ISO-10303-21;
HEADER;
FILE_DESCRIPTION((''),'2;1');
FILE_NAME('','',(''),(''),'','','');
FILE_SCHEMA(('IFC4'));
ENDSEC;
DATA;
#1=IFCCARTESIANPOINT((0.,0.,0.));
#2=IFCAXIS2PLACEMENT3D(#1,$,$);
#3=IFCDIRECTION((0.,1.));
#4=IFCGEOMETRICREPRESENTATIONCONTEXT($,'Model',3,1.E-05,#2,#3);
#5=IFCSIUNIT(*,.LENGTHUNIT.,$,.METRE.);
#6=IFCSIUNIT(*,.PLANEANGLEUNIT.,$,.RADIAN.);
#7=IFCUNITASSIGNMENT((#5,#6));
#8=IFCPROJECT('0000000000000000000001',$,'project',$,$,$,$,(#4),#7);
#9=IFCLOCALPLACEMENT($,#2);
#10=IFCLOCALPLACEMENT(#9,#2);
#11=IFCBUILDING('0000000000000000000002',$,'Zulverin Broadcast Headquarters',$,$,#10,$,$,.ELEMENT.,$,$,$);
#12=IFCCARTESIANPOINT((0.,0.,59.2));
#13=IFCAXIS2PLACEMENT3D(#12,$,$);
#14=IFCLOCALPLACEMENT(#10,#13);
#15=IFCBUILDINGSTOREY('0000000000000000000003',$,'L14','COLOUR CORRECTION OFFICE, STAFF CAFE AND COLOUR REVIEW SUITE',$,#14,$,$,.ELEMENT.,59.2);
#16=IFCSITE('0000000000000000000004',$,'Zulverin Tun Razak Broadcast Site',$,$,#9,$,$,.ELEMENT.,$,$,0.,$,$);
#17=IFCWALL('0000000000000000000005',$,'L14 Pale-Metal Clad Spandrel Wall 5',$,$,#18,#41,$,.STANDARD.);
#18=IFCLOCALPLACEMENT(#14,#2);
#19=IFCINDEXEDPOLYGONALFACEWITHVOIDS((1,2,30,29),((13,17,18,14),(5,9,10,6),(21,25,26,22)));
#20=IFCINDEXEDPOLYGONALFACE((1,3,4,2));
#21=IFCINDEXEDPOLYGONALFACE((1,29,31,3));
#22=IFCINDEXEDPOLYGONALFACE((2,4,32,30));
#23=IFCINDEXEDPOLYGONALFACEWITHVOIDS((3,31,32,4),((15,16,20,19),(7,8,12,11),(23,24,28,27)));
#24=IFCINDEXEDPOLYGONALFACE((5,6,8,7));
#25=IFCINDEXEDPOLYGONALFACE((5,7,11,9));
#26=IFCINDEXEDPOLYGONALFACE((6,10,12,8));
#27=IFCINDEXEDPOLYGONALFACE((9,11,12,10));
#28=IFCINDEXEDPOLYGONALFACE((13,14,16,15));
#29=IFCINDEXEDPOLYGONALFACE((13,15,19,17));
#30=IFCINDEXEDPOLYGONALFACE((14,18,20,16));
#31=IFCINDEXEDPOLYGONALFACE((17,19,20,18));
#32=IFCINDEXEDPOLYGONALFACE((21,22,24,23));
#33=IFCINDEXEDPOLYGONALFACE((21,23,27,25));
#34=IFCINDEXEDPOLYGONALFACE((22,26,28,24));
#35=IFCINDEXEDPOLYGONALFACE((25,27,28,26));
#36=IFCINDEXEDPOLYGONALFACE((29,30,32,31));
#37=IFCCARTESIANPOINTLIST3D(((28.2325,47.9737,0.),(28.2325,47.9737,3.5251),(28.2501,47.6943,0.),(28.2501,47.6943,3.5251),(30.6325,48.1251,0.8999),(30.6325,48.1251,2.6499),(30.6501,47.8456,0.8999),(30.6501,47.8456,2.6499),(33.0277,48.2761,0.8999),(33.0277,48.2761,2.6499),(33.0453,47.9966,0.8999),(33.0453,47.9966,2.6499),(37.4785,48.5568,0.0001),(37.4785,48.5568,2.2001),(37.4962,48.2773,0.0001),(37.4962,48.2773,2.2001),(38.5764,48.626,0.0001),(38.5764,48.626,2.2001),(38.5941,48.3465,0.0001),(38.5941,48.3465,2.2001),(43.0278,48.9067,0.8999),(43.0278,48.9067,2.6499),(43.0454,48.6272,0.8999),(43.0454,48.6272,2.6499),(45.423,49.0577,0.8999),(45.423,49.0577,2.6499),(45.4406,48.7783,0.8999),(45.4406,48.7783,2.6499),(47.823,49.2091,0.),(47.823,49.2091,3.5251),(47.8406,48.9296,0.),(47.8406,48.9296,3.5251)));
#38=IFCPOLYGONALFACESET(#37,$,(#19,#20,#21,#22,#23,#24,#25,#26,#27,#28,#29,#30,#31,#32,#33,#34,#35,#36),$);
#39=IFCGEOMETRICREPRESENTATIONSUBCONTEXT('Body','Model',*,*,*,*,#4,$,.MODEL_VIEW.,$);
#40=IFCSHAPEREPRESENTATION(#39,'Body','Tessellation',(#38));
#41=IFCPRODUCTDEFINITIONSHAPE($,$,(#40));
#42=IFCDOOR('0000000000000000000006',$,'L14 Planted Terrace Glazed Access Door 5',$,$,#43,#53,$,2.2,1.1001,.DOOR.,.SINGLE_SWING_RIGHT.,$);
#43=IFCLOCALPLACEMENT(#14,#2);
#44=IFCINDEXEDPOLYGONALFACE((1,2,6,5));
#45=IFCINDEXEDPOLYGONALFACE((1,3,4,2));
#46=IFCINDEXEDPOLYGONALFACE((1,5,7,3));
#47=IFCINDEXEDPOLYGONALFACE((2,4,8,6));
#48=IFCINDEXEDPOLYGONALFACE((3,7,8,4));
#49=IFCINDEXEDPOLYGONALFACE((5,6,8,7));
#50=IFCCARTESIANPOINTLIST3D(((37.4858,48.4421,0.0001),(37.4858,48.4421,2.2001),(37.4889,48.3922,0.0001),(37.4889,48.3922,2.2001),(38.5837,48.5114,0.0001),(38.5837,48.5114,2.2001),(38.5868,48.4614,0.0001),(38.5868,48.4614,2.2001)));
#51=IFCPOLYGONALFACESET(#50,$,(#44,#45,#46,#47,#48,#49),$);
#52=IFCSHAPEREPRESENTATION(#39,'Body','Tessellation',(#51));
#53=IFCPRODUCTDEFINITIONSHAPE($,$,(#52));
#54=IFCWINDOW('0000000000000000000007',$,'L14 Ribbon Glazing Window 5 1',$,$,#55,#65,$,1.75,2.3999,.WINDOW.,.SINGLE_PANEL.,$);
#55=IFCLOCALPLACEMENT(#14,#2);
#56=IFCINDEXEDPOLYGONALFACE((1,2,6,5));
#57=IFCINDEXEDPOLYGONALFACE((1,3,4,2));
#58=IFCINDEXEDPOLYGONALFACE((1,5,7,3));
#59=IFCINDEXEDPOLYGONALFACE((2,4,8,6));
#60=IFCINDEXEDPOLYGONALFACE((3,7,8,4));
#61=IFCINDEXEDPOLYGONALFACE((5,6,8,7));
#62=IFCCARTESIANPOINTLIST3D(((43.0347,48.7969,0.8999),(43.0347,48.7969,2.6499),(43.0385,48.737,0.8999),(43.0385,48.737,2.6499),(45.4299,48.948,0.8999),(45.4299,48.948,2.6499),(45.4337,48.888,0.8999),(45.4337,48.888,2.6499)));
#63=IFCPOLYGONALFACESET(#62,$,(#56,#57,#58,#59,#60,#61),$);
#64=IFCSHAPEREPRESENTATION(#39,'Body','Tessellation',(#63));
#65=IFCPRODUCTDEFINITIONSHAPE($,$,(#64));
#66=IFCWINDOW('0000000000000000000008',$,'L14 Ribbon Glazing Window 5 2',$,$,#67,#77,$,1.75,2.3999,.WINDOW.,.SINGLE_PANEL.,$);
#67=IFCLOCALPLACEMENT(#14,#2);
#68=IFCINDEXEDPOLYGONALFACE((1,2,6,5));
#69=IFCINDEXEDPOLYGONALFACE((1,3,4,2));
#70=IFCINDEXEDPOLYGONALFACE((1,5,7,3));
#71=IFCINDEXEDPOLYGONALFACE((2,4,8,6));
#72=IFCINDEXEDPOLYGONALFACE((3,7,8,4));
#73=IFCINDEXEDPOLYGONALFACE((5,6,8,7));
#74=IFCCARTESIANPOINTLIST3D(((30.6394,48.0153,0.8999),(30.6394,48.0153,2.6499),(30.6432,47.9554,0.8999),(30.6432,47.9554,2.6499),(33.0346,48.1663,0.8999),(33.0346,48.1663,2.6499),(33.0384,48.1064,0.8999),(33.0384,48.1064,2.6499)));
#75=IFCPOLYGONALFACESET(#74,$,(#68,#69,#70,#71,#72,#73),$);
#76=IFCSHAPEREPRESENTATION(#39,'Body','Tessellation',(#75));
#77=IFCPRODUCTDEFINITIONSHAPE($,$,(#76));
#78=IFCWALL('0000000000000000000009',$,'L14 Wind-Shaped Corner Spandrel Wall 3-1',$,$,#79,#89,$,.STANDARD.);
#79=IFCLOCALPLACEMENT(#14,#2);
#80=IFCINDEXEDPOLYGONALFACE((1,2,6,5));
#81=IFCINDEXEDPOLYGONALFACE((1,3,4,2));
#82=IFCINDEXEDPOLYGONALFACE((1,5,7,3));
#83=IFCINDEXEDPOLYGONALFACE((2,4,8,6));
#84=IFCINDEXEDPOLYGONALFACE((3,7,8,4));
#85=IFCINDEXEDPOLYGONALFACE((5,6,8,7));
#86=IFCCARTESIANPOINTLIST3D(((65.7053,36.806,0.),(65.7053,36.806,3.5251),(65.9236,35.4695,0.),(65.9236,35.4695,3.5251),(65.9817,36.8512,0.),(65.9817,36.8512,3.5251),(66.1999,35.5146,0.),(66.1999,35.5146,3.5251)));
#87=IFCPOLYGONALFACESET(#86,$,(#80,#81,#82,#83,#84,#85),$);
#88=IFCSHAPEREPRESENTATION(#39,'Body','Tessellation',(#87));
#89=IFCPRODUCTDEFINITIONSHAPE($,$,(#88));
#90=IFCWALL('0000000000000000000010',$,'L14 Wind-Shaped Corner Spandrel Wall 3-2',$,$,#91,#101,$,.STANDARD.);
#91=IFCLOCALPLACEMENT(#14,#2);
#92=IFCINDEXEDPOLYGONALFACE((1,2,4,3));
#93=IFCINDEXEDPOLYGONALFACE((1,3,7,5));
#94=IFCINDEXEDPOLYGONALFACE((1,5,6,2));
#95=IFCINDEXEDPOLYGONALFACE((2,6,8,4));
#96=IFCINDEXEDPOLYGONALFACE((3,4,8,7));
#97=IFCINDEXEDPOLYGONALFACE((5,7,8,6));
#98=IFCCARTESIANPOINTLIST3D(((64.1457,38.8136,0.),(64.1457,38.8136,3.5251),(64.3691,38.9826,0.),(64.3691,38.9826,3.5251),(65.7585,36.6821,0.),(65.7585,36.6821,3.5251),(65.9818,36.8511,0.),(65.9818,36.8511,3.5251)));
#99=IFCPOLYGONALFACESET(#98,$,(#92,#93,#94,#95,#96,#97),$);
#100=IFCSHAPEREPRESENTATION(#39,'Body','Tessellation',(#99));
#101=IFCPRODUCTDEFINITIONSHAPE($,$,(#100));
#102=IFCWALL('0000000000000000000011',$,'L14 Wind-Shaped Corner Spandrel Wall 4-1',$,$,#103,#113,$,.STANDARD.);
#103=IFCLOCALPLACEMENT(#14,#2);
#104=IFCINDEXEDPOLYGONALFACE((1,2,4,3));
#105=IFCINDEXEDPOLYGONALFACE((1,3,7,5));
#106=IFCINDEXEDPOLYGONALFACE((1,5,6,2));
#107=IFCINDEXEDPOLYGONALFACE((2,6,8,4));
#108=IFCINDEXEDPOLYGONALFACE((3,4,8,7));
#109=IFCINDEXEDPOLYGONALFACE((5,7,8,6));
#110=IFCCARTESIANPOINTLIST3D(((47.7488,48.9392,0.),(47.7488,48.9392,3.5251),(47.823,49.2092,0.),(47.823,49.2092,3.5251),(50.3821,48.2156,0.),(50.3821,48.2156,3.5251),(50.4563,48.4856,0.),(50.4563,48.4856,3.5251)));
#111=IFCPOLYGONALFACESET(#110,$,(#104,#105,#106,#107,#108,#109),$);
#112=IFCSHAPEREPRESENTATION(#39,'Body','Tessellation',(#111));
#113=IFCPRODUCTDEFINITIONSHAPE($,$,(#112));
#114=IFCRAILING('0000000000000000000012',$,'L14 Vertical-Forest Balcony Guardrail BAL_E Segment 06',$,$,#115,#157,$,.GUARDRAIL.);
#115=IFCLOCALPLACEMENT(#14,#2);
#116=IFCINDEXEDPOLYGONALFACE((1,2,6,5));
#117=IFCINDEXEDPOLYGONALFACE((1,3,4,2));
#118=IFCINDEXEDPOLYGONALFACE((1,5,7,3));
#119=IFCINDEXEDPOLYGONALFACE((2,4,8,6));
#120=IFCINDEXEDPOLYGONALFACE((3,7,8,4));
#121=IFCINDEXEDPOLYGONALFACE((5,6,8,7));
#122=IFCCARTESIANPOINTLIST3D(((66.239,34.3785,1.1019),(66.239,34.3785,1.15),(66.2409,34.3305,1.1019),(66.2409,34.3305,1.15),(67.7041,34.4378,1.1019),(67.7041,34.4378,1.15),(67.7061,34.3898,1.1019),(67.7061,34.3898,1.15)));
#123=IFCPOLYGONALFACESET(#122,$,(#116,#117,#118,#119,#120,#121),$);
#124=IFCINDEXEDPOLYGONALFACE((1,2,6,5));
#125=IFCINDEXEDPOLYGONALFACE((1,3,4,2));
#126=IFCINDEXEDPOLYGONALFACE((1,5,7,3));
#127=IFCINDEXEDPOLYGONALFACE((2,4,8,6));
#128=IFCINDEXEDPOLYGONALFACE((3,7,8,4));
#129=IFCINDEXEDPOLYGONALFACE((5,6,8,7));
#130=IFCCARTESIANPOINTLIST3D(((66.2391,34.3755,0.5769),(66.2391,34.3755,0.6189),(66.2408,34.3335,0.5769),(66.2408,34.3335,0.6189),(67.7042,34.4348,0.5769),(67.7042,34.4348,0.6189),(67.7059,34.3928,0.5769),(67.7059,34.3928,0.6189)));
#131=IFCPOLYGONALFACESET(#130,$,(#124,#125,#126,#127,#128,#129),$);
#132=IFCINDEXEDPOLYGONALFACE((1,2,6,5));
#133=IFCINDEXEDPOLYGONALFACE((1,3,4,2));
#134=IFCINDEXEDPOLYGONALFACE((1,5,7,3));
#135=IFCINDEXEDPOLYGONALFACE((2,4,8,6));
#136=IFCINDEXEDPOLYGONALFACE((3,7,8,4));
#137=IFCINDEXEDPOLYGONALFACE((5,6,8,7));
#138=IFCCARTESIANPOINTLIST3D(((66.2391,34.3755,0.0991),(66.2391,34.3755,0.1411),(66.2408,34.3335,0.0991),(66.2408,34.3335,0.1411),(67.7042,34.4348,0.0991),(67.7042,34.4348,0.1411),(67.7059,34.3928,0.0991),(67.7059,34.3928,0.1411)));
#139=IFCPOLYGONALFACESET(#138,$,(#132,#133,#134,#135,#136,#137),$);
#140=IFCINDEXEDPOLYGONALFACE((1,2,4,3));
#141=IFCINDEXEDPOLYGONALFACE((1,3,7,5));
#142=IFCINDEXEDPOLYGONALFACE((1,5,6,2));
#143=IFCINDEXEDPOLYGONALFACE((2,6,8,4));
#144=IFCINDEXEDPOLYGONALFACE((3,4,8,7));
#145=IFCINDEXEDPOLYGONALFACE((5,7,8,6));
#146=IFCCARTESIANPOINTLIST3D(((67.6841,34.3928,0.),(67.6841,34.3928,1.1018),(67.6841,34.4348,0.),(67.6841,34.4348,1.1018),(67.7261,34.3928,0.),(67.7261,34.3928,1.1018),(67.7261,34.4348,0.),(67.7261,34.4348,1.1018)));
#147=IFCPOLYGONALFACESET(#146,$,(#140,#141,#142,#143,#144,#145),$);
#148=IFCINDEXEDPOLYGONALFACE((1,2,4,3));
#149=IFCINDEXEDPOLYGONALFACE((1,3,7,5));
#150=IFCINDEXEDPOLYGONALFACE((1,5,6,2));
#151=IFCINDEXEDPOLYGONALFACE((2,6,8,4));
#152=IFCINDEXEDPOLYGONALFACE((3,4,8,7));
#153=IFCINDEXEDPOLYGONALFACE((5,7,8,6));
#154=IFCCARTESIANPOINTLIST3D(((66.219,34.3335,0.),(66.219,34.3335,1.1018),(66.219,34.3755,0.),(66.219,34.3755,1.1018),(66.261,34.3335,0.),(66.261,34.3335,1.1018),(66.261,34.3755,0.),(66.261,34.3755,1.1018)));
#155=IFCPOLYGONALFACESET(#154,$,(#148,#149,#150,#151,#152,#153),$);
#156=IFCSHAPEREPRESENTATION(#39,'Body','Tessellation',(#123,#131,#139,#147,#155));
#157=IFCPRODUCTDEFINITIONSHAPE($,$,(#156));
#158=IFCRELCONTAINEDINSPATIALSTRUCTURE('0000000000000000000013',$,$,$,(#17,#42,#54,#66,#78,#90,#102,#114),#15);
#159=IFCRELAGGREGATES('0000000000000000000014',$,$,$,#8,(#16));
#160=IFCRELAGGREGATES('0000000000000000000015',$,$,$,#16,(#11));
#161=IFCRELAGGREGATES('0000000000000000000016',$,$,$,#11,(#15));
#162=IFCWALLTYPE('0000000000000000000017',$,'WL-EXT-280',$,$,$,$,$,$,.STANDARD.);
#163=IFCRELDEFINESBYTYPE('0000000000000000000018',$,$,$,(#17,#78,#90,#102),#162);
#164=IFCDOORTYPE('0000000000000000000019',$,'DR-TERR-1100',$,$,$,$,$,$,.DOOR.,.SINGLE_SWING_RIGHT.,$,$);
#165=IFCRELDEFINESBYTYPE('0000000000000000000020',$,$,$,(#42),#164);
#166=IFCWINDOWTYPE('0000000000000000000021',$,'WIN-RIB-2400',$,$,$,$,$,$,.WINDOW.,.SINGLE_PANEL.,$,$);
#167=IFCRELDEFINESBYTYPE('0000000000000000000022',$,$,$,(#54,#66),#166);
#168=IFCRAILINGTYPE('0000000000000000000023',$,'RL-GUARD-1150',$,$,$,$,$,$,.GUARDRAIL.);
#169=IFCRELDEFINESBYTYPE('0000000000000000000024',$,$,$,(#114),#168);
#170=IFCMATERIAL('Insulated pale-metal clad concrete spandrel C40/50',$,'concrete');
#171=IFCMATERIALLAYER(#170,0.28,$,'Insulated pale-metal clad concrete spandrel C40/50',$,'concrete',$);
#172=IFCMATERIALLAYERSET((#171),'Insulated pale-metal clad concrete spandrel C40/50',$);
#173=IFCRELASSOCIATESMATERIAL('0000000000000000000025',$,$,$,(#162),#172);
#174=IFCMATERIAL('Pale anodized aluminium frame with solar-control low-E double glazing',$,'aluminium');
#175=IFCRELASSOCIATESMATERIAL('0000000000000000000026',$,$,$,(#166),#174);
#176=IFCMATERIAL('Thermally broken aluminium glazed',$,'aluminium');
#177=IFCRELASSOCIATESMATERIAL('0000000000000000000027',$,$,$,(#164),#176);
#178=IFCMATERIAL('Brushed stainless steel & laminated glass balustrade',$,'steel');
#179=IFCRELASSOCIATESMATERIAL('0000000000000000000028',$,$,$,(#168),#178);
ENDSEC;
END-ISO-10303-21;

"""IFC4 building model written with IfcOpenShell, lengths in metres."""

from ifc_helpers import new_model, si_unit, direction, frame, frame_2d, origin, origin_2d, place, context, subcontext, project, spatial, rectangle, extrude, material, layer, layer_set, type_object, element, fill, save


model = new_model("IFC4")

# Units and contexts
model_context = context("Model", 3, precision=1e-05, world=origin(), true_north=direction((0.0, 1.0)))
body_context = subcontext(model_context, "Body", "Model", "MODEL_VIEW")
ifc_project = project(units=[si_unit("LENGTHUNIT", "METRE"), si_unit("PLANEANGLEUNIT", "RADIAN")], contexts=[model_context])

# Site, building, storey
site_placement = place(None, origin())
site = spatial("IfcSite", under=ifc_project, at=site_placement, Name="Zulverin Tun Razak Broadcast Site", CompositionType="ELEMENT", RefElevation=0.0)
building_placement = place(site_placement, origin())
building = spatial("IfcBuilding", under=site, at=building_placement, Name="Zulverin Broadcast Headquarters", CompositionType="ELEMENT")
storey_placement = place(building_placement, frame((0.0, 0.0, 59.2)))
storey = spatial("IfcBuildingStorey", under=building, at=storey_placement, Name="L14", Description="COLOUR CORRECTION OFFICE, STAFF CAFE AND COLOUR REVIEW SUITE", CompositionType="ELEMENT", Elevation=59.2)

# Shared definitions
ifc_material_1 = material(Name="Insulated pale-metal clad concrete spandrel C40/50", Category="concrete")
ifc_layer_1 = layer(ifc_material_1, 0.28, Name="Insulated pale-metal clad concrete spandrel C40/50", Category="concrete")
ifc_layer_set_1 = layer_set([ifc_layer_1], Name="Insulated pale-metal clad concrete spandrel C40/50")
wall_type = type_object("IfcWallType", Name="WL-EXT-280", PredefinedType="STANDARD", material=ifc_layer_set_1)
ifc_material_2 = material(Name="Pale anodized aluminium frame with solar-control low-E double glazing", Category="aluminium")
window_type = type_object("IfcWindowType", Name="WIN-RIB-2400", PartitioningType="SINGLE_PANEL", PredefinedType="WINDOW", material=ifc_material_2)

# Wall, openings, door, windows
wall_1_placement = place(storey_placement, frame((47.8318, 49.0693, 0.0), z_axis=(0.0, 0.0, 1.0), x_axis=(-0.998018, -0.062933, 0.0)))
wall_1 = element("IfcWall", 1, at=wall_1_placement, inside=storey, type_object=wall_type, Name="L14 Pale-Metal Clad Spandrel Wall 5", PredefinedType="STANDARD", context=body_context, shape_type="SweptSolid", body=[
    extrude(rectangle(XDim=19.6294, YDim=0.28, at=frame_2d((9.8147, 0.0))), origin(), (0.0, 0.0, 1.0), 3.5251),
])
opening_1_placement = place(wall_1_placement, frame((9.2649, 0.0, 0.0)))
opening_1 = element("IfcOpeningElement", 2, at=opening_1_placement, cuts=wall_1, PredefinedType="OPENING", context=body_context, shape_type="SweptSolid", body=[
    extrude(rectangle(XDim=1.1001, YDim=2.2, at=frame_2d((0.55, 1.1001))), frame((0.0, 0.1499, 0.0), z_axis=(0.0, -1.0, 0.0), x_axis=(1.0, 0.0, 0.0)), (0.0, 0.0, 1.0), 0.3),
])
opening_2_placement = place(wall_1_placement, frame((2.4048, 0.0, 0.8999)))
opening_2 = element("IfcOpeningElement", 3, at=opening_2_placement, cuts=wall_1, PredefinedType="OPENING", context=body_context, shape_type="SweptSolid", body=[
    extrude(rectangle(XDim=2.3999, YDim=1.75, at=frame_2d((1.2, 0.875))), frame((0.0, 0.1499, 0.0), z_axis=(0.0, -1.0, 0.0), x_axis=(1.0, 0.0, 0.0)), (0.0, 0.0, 1.0), 0.3),
])
opening_3_placement = place(wall_1_placement, frame((14.8247, 0.0, 0.8999)))
opening_3 = element("IfcOpeningElement", 4, at=opening_3_placement, cuts=wall_1, PredefinedType="OPENING", context=body_context, shape_type="SweptSolid", body=[
    extrude(rectangle(XDim=2.3999, YDim=1.75, at=frame_2d((1.2, 0.875))), frame((0.0, 0.1499, 0.0), z_axis=(0.0, -1.0, 0.0), x_axis=(1.0, 0.0, 0.0)), (0.0, 0.0, 1.0), 0.3),
])
ifc_material_3 = material(Name="Thermally broken aluminium glazed", Category="aluminium")
door_type = type_object("IfcDoorType", Name="DR-TERR-1100", OperationType="SINGLE_SWING_RIGHT", PredefinedType="DOOR", material=ifc_material_3)
door_placement = place(opening_1_placement, origin())
door = element("IfcDoor", 5, at=door_placement, inside=storey, type_object=door_type, Name="L14 Planted Terrace Glazed Access Door 5", OperationType="SINGLE_SWING_RIGHT", OverallHeight=2.2, OverallWidth=1.1001, PredefinedType="DOOR", context=body_context, shape_type="SweptSolid", body=[
    extrude(rectangle(XDim=1.1001, YDim=2.2, at=frame_2d((0.55, 1.1001))), frame((0.0, 0.0249, 0.0), z_axis=(0.0, -1.0, 0.0), x_axis=(1.0, 0.0, 0.0)), (0.0, 0.0, 1.0), 0.05),
])
fill(opening_1, door)
window_1_placement = place(opening_2_placement, origin())
window_1 = element("IfcWindow", 6, at=window_1_placement, inside=storey, type_object=window_type, Name="L14 Ribbon Glazing Window 5 1", OverallHeight=1.75, OverallWidth=2.3999, PartitioningType="SINGLE_PANEL", PredefinedType="WINDOW", context=body_context, shape_type="SweptSolid", body=[
    extrude(rectangle(XDim=2.3999, YDim=1.75, at=frame_2d((1.2, 0.875))), frame((0.0, 0.03, 0.0), z_axis=(0.0, -1.0, 0.0), x_axis=(1.0, 0.0, 0.0)), (0.0, 0.0, 1.0), 0.0601),
])
fill(opening_2, window_1)
window_2_placement = place(opening_3_placement, origin())
window_2 = element("IfcWindow", 7, at=window_2_placement, inside=storey, type_object=window_type, Name="L14 Ribbon Glazing Window 5 2", OverallHeight=1.75, OverallWidth=2.3999, PartitioningType="SINGLE_PANEL", PredefinedType="WINDOW", context=body_context, shape_type="SweptSolid", body=[
    extrude(rectangle(XDim=2.3999, YDim=1.75, at=frame_2d((1.2, 0.875))), frame((0.0, 0.03, 0.0), z_axis=(0.0, -1.0, 0.0), x_axis=(1.0, 0.0, 0.0)), (0.0, 0.0, 1.0), 0.0601),
])
fill(opening_3, window_2)

# Walls
wall_2_placement = place(storey_placement, frame((66.0618, 35.4919, 0.0), z_axis=(0.0, 0.0, 1.0), x_axis=(-0.161182, 0.986925, 0.0)))
element("IfcWall", 8, at=wall_2_placement, inside=storey, type_object=wall_type, Name="L14 Wind-Shaped Corner Spandrel Wall 3-1", PredefinedType="STANDARD", context=body_context, shape_type="SweptSolid", body=[
    extrude(rectangle(XDim=1.3542, YDim=0.28, at=frame_2d((0.6772, 0.0))), origin(), (0.0, 0.0, 1.0), 3.5251),
])
wall_3_placement = place(storey_placement, frame((65.8701, 36.7666, 0.0), z_axis=(0.0, 0.0, 1.0), x_axis=(-0.60337, 0.797461, 0.0)))
element("IfcWall", 9, at=wall_3_placement, inside=storey, type_object=wall_type, Name="L14 Wind-Shaped Corner Spandrel Wall 3-2", PredefinedType="STANDARD", context=body_context, shape_type="SweptSolid", body=[
    extrude(rectangle(XDim=2.6729, YDim=0.28, at=frame_2d((1.3364, 0.0))), origin(), (0.0, 0.0, 1.0), 3.5251),
])
wall_4_placement = place(storey_placement, frame((50.4192, 48.3506, 0.0), z_axis=(0.0, 0.0, 1.0), x_axis=(-0.964255, 0.264978, 0.0)))
element("IfcWall", 10, at=wall_4_placement, inside=storey, type_object=wall_type, Name="L14 Wind-Shaped Corner Spandrel Wall 4-1", PredefinedType="STANDARD", context=body_context, shape_type="SweptSolid", body=[
    extrude(rectangle(XDim=2.731, YDim=0.28, at=frame_2d((1.3655, 0.0))), origin(), (0.0, 0.0, 1.0), 3.5251),
])

# Railing
ifc_material_4 = material(Name="Brushed stainless steel & laminated glass balustrade", Category="steel")
railing_type = type_object("IfcRailingType", Name="RL-GUARD-1150", PredefinedType="GUARDRAIL", material=ifc_material_4)
railing_1_placement = place(storey_placement, frame((67.7051, 34.4138, 0.0)))
element("IfcRailing", 11, at=railing_1_placement, inside=storey, type_object=railing_type, Name="L14 Vertical-Forest Balcony Guardrail BAL_E Segment 06", PredefinedType="GUARDRAIL", context=body_context, shape_type="SweptSolid", body=[
    extrude(rectangle(XDim=0.0481, YDim=0.0481, at=origin_2d()), frame((0.0, 0.0, 1.126), z_axis=(-0.999181, -0.04046, 0.0), x_axis=(0.04046, -0.999181, 0.0)), (0.0, 0.0, 1.0), 1.4663),
    extrude(rectangle(XDim=0.042, YDim=0.042, at=origin_2d()), frame((0.0, 0.0, 0.5979), z_axis=(-0.999181, -0.04046, 0.0), x_axis=(0.04046, -0.999181, 0.0)), (0.0, 0.0, 1.0), 1.4663),
    extrude(rectangle(XDim=0.042, YDim=0.042, at=origin_2d()), frame((0.0, 0.0, 0.1201), z_axis=(-0.999181, -0.04046, 0.0), x_axis=(0.04046, -0.999181, 0.0)), (0.0, 0.0, 1.0), 1.4663),
    extrude(rectangle(XDim=0.042, YDim=0.042, at=origin_2d()), origin(), (0.0, 0.0, 1.0), 1.1018),
    extrude(rectangle(XDim=0.042, YDim=0.042, at=origin_2d()), frame((-1.4651, -0.0593, 0.0)), (0.0, 0.0, 1.0), 1.1018),
])

save(model, "model.ifc")
